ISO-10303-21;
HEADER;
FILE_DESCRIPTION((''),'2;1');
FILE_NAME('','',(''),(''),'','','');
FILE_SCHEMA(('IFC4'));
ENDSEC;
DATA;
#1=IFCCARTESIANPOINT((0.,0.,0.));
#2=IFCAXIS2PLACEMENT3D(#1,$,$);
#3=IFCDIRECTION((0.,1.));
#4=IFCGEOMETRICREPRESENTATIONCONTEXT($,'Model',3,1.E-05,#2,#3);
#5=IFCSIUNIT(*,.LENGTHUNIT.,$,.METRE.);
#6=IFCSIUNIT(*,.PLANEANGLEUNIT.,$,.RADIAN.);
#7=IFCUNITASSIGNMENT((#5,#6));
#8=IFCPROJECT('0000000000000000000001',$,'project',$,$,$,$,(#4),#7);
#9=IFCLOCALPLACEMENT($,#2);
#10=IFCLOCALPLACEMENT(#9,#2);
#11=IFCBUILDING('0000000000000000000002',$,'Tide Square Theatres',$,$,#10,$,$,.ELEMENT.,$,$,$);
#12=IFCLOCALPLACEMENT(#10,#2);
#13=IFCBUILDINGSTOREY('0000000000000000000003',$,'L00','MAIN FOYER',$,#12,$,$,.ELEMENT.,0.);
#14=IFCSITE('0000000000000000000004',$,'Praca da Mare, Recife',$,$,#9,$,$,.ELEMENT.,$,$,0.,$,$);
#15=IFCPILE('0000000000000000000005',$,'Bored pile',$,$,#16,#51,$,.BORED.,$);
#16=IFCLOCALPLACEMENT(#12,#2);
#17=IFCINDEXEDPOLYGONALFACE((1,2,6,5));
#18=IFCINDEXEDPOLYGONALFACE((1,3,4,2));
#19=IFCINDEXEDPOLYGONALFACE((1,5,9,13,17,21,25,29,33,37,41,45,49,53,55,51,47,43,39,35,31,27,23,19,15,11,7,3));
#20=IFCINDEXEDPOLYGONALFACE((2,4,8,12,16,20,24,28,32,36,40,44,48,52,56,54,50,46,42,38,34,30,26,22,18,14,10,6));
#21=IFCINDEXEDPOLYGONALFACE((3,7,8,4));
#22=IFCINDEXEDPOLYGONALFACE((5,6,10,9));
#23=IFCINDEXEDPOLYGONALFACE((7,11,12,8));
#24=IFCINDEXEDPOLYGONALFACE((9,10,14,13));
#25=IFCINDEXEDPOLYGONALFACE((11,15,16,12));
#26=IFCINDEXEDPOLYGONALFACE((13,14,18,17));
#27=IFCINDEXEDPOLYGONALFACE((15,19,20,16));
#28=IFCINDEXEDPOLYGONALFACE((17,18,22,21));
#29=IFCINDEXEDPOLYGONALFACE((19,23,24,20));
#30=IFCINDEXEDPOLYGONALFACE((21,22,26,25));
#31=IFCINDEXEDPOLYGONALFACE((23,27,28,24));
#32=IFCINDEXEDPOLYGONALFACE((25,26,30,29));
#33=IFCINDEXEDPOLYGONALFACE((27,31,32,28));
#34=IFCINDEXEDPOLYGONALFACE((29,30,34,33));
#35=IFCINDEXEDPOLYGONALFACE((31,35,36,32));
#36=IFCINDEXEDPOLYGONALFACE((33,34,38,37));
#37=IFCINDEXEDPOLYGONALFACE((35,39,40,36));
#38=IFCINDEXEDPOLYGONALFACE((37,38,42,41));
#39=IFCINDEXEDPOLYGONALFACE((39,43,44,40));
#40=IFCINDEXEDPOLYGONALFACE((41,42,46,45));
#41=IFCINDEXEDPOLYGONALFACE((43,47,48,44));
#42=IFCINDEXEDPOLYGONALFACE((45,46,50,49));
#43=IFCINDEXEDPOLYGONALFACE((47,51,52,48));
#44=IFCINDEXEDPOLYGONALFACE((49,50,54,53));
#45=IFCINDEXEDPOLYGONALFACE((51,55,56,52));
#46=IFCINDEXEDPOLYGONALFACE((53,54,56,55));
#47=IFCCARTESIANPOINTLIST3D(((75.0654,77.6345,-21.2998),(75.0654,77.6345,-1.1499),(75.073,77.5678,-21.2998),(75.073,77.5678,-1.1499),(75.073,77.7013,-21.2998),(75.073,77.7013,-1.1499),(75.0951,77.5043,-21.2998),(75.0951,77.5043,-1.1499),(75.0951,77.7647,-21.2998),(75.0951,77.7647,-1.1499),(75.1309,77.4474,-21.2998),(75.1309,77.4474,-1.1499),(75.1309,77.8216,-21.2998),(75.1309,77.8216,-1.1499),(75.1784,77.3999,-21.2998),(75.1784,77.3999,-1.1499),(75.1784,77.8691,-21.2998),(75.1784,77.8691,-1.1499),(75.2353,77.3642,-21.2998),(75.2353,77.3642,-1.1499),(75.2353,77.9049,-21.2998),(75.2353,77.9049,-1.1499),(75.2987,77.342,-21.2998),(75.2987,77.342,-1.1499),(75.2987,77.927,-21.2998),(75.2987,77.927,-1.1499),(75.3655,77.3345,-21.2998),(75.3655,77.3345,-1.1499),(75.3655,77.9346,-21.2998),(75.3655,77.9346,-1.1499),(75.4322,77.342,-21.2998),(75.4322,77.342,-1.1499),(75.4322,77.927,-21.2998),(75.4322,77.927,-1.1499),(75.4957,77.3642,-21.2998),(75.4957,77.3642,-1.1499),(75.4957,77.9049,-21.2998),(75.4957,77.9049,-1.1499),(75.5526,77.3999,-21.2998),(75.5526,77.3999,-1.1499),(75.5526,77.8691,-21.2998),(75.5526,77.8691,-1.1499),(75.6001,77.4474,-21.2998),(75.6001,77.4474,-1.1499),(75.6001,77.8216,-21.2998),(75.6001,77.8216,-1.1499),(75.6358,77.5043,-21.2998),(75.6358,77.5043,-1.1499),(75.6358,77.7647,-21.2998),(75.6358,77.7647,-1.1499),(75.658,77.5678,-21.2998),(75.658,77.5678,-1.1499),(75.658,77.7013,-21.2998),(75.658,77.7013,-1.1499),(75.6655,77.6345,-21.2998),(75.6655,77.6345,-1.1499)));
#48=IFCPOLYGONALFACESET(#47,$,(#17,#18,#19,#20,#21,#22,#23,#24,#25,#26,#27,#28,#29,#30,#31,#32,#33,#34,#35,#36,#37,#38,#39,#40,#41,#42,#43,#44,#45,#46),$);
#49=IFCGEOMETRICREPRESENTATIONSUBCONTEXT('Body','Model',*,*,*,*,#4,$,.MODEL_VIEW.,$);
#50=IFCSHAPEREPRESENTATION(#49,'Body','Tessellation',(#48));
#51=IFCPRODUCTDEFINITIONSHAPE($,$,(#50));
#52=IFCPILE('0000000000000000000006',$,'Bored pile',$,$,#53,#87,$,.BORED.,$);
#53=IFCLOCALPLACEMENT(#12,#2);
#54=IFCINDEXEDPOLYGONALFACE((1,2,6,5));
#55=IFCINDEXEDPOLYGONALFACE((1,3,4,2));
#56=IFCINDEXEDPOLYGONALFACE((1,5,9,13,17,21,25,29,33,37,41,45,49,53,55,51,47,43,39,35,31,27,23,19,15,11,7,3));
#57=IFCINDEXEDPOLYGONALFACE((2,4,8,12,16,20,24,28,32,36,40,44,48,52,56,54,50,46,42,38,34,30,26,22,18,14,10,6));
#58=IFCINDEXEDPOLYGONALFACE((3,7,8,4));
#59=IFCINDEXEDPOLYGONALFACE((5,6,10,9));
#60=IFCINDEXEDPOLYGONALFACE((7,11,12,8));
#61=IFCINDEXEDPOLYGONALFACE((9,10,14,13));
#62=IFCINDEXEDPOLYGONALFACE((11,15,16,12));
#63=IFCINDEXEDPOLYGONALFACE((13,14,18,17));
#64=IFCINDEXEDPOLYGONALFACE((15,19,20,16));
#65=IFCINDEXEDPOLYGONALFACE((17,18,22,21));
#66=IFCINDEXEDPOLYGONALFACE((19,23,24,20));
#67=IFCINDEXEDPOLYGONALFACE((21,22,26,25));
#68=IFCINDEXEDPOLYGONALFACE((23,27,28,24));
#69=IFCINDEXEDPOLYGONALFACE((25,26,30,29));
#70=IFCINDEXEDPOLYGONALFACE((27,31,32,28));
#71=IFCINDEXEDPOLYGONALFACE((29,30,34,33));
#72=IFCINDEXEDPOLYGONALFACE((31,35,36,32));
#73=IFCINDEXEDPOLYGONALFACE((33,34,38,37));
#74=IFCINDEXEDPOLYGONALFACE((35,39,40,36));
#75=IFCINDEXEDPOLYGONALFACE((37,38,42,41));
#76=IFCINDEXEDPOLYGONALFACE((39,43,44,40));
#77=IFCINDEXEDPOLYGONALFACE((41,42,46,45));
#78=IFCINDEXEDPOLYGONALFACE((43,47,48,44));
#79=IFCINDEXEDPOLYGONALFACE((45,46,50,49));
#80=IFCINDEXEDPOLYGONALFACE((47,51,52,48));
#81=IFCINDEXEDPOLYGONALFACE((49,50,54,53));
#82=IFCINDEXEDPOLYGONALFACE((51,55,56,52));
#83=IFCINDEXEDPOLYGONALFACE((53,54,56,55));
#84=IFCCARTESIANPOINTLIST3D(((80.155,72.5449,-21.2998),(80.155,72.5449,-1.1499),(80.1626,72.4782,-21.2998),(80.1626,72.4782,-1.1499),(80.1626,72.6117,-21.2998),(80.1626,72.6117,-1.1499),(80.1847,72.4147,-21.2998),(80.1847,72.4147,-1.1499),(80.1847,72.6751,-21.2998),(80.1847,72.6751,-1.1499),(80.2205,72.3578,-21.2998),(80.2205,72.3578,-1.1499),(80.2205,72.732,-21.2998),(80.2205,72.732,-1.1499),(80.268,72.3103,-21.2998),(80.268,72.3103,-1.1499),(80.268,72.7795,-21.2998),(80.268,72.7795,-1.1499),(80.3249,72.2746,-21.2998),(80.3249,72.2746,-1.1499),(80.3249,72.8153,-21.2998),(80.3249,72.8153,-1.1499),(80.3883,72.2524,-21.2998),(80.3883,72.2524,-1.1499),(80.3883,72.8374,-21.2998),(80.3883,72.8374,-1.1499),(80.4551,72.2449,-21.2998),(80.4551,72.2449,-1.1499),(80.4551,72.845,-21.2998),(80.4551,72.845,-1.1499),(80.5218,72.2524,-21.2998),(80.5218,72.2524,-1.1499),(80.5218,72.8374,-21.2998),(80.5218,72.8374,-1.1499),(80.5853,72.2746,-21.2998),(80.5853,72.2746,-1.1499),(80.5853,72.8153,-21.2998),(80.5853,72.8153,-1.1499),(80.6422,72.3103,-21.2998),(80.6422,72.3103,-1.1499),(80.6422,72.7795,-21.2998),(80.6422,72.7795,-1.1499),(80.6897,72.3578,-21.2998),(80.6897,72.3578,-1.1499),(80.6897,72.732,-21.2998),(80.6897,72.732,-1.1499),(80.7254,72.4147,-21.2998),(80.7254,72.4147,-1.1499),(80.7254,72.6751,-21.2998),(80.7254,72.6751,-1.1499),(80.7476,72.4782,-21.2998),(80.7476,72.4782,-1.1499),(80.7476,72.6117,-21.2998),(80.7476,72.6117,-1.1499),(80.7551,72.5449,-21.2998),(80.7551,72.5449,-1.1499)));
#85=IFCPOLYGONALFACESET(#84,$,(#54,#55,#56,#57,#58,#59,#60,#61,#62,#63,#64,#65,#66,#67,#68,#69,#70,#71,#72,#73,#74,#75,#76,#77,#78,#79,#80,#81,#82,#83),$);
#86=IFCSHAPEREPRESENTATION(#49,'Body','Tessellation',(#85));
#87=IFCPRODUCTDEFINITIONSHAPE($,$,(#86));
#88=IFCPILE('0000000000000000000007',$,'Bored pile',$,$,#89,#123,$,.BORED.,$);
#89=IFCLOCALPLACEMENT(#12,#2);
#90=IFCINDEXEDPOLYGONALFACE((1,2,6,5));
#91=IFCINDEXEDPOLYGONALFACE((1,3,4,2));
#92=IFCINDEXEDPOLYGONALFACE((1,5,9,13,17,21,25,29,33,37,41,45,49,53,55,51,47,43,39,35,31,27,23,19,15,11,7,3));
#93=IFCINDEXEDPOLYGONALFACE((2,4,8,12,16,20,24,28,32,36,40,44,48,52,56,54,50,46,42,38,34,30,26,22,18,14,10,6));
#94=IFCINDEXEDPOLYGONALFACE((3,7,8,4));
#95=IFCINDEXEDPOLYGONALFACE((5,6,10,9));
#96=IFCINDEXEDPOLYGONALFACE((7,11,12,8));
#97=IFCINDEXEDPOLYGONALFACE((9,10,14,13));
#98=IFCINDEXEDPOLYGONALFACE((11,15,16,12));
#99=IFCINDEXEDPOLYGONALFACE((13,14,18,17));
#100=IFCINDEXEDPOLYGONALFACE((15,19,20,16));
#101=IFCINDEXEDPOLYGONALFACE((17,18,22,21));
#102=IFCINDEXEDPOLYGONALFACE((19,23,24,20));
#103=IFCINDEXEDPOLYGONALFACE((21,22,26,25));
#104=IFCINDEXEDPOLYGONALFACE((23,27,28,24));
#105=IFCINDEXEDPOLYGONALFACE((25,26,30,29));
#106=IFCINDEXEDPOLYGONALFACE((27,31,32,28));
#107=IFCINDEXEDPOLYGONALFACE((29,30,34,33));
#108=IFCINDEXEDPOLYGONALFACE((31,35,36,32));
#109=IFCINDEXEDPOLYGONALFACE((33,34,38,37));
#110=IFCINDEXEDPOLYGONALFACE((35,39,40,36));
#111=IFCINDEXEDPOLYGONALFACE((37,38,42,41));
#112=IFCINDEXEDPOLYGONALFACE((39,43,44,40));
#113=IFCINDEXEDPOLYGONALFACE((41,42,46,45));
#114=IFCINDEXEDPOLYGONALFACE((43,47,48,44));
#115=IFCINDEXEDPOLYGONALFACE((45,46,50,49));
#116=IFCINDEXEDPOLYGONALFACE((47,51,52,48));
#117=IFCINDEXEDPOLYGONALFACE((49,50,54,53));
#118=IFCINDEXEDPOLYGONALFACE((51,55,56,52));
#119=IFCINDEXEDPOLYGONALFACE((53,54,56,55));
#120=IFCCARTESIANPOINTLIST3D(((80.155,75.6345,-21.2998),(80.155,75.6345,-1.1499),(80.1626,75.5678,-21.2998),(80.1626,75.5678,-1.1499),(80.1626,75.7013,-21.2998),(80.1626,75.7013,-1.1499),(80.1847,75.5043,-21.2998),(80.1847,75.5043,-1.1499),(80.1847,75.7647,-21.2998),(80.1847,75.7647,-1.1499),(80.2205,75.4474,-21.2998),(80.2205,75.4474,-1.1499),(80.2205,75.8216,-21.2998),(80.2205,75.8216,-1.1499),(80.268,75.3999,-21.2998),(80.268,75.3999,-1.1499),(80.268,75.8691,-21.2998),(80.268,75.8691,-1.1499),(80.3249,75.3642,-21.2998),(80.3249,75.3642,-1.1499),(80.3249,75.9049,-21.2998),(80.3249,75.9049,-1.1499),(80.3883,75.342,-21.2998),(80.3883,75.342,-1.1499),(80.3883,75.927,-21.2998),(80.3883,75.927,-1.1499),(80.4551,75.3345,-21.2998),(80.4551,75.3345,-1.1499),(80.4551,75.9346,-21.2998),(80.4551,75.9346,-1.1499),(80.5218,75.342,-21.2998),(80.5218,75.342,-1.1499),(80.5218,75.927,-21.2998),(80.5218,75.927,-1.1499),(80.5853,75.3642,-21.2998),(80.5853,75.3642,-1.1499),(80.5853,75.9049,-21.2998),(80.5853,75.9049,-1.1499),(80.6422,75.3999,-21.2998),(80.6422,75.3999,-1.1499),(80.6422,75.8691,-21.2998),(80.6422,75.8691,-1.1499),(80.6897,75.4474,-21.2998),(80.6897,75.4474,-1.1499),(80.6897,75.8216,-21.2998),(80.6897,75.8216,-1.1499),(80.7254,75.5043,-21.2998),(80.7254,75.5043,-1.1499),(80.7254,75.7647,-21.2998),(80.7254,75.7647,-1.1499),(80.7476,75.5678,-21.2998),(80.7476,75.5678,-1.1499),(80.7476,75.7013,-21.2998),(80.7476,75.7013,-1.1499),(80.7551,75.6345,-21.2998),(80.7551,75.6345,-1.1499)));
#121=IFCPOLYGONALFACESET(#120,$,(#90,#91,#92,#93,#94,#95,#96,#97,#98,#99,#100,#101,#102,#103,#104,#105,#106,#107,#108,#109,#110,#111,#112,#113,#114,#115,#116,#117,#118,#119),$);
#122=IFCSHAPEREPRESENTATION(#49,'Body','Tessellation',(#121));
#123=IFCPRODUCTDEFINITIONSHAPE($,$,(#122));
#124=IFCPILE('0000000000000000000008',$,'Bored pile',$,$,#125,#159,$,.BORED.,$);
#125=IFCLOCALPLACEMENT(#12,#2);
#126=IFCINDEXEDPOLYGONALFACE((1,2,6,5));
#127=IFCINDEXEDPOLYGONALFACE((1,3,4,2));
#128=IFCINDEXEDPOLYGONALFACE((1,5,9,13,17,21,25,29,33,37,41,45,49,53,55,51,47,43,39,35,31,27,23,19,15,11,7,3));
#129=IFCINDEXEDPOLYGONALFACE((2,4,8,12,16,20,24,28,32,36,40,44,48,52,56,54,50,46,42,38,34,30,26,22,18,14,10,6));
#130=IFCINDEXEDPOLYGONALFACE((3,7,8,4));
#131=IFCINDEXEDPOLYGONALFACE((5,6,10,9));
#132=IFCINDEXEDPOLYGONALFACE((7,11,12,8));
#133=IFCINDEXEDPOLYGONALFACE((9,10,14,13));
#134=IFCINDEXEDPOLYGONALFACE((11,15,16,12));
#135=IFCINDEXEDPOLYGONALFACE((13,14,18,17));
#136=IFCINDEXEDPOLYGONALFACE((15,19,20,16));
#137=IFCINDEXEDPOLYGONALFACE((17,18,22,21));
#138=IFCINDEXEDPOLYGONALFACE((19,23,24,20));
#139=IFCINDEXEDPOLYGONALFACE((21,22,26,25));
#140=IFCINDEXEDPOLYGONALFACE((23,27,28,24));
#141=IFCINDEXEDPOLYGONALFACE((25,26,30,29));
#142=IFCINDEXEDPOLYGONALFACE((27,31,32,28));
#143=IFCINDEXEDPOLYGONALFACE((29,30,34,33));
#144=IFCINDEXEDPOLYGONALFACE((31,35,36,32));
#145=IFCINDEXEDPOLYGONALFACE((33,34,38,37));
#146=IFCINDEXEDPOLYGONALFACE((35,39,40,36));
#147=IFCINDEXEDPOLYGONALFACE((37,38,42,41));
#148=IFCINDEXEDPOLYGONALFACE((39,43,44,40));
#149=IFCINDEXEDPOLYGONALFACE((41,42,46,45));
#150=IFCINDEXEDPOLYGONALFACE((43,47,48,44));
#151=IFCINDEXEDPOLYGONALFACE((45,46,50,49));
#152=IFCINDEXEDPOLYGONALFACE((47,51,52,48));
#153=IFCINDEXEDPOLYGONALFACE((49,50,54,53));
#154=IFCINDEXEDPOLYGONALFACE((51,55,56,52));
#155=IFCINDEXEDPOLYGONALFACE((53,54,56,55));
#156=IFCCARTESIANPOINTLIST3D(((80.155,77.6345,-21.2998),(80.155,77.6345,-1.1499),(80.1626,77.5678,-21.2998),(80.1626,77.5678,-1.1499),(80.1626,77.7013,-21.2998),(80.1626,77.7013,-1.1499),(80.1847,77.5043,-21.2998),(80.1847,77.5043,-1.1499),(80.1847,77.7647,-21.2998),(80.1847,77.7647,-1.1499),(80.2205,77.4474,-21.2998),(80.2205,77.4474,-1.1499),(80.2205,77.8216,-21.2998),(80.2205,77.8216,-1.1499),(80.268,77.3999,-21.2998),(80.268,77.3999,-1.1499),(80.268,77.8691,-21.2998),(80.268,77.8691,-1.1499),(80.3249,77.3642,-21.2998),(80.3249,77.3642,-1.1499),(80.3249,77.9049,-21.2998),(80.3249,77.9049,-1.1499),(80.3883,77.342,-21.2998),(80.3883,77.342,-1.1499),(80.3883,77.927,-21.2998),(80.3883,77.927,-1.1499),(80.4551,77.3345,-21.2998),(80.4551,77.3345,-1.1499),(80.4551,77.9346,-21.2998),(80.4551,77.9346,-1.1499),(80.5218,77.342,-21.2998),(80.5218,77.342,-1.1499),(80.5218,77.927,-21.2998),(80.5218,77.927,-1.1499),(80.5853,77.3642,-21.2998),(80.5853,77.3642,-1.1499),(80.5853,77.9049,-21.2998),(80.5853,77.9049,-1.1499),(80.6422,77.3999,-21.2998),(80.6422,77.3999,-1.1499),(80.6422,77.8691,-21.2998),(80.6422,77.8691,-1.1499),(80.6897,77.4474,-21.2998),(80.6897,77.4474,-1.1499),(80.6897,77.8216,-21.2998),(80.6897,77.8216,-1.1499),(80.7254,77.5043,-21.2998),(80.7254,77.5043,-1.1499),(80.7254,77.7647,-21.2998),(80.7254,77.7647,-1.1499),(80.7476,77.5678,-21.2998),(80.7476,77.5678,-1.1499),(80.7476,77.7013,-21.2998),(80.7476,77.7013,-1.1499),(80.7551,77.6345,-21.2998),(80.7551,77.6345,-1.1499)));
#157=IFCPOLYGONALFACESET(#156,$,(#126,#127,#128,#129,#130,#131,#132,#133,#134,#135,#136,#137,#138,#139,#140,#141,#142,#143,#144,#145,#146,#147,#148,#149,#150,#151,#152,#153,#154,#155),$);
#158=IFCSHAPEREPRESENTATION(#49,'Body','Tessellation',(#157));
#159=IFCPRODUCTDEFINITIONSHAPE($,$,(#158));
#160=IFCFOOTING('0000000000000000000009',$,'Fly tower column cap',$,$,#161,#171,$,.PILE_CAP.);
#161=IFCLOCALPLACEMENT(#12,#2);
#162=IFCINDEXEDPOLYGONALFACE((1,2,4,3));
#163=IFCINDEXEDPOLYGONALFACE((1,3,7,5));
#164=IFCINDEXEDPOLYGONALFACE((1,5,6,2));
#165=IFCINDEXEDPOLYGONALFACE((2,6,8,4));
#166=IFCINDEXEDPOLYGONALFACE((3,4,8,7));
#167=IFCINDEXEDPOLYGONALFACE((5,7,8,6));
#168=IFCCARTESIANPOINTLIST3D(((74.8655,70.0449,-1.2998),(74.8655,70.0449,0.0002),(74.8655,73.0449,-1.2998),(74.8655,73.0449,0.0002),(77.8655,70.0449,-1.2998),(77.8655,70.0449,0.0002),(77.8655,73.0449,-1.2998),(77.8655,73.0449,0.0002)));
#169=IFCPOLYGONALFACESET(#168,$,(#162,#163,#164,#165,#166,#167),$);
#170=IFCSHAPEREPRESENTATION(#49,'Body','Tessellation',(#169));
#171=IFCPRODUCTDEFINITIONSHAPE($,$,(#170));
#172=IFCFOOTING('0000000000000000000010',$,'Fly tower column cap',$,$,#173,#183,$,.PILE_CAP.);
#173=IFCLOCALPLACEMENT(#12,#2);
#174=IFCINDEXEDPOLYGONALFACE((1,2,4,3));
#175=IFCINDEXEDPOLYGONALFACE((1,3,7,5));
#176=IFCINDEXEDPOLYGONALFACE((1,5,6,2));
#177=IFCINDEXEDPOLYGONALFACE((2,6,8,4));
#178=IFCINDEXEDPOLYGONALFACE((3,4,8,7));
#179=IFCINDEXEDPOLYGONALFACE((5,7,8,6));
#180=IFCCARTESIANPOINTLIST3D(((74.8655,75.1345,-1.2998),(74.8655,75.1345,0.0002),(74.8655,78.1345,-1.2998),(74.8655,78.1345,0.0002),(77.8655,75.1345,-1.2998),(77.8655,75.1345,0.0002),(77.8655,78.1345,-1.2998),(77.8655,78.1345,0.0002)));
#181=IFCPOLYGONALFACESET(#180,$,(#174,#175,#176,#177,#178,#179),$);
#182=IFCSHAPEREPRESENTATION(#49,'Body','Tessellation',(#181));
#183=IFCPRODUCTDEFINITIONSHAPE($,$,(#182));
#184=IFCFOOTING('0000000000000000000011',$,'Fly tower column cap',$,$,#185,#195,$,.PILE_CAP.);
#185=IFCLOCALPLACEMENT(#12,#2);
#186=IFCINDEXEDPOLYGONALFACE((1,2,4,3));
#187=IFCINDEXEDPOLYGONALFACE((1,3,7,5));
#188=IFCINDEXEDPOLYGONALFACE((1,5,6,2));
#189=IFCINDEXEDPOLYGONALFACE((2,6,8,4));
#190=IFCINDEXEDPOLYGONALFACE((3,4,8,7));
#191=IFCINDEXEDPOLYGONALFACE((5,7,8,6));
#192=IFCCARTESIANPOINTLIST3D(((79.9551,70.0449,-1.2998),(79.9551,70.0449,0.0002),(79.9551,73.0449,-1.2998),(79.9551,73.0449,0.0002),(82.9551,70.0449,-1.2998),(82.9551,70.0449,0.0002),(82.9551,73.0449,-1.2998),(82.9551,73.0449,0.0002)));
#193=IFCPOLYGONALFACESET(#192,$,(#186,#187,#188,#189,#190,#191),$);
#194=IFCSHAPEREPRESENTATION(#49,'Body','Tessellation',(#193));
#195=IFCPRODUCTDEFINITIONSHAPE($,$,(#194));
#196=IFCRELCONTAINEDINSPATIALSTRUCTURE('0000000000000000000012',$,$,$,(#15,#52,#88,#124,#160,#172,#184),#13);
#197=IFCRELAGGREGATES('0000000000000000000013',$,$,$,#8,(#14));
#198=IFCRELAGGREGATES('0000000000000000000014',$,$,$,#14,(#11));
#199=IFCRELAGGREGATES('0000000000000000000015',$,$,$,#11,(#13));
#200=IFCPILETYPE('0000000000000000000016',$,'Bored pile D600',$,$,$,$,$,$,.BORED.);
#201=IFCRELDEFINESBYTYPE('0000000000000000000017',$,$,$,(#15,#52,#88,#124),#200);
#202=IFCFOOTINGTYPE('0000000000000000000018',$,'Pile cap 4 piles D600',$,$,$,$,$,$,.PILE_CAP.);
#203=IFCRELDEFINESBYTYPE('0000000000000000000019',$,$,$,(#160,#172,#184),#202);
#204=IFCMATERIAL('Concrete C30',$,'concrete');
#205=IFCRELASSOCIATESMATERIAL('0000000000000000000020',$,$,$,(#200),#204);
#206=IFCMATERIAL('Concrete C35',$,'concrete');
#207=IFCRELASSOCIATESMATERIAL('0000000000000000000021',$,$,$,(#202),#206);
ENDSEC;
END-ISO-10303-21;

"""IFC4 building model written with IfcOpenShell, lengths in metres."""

from ifc_helpers import new_model, si_unit, direction, frame, origin, origin_2d, place, context, subcontext, project, spatial, rectangle, circle, extrude, material, material_profile, profile_set, type_object, element, save


model = new_model("IFC4")

# Units and contexts
model_context = context("Model", 3, precision=1e-05, world=origin(), true_north=direction((0.0, 1.0)))
body_context = subcontext(model_context, "Body", "Model", "MODEL_VIEW")
ifc_project = project(units=[si_unit("LENGTHUNIT", "METRE"), si_unit("PLANEANGLEUNIT", "RADIAN")], contexts=[model_context])

# Site, building, storey
site_placement = place(None, origin())
site = spatial("IfcSite", under=ifc_project, at=site_placement, Name="Praca da Mare, Recife", CompositionType="ELEMENT", RefElevation=0.0)
building_placement = place(site_placement, origin())
building = spatial("IfcBuilding", under=site, at=building_placement, Name="Tide Square Theatres", CompositionType="ELEMENT")
storey_placement = place(building_placement, origin())
storey = spatial("IfcBuildingStorey", under=building, at=storey_placement, Name="L00", Description="MAIN FOYER", CompositionType="ELEMENT", Elevation=0.0)

# Piles
ifc_material_1 = material(Name="Concrete C30", Category="concrete")
ifc_material_profile_1 = material_profile(ifc_material_1, circle(Radius=0.3, at=origin_2d()))
ifc_profile_set_1 = profile_set([ifc_material_profile_1], Name="Concrete C30")
pile_type = type_object("IfcPileType", Name="Bored pile D600", PredefinedType="BORED", material=ifc_profile_set_1)
for number, where, z_axis, x_axis, name in (
    (1, (75.3655, 77.6345, -1.1499), (0.0, 0.0, -1.0), (1.0, 0.0, 0.0), "Bored pile"),
    (2, (80.4551, 72.5449, -1.1499), (0.0, 0.0, -1.0), (1.0, 0.0, 0.0), "Bored pile"),
    (3, (80.4551, 75.6345, -1.1499), (0.0, 0.0, -1.0), (1.0, 0.0, 0.0), "Bored pile"),
    (4, (80.4551, 77.6345, -1.1499), (0.0, 0.0, -1.0), (1.0, 0.0, 0.0), "Bored pile"),
):
    element("IfcPile", number, at=place(storey_placement, frame(where, z_axis=z_axis, x_axis=x_axis)), inside=storey, type_object=pile_type, Name=name, PredefinedType="BORED", context=body_context, shape_type="SweptSolid", body=[
        extrude(circle(Radius=0.3, at=origin_2d()), origin(), (0.0, 0.0, 1.0), 20.1499),
    ])

# Footings
ifc_material_2 = material(Name="Concrete C35", Category="concrete")
footing_type = type_object("IfcFootingType", Name="Pile cap 4 piles D600", PredefinedType="PILE_CAP", material=ifc_material_2)
for number, where, z_axis, x_axis, name in (
    (5, (76.3655, 71.5449, -1.2998), (0.0, 0.0, 1.0), (1.0, 0.0, 0.0), "Fly tower column cap"),
    (6, (76.3655, 76.6345, -1.2998), (0.0, 0.0, 1.0), (1.0, 0.0, 0.0), "Fly tower column cap"),
    (7, (81.4551, 71.5449, -1.2998), (0.0, 0.0, 1.0), (1.0, 0.0, 0.0), "Fly tower column cap"),
):
    element("IfcFooting", number, at=place(storey_placement, frame(where, z_axis=z_axis, x_axis=x_axis)), inside=storey, type_object=footing_type, Name=name, PredefinedType="PILE_CAP", context=body_context, shape_type="SweptSolid", body=[
        extrude(rectangle(XDim=3.0, YDim=3.0, at=origin_2d()), origin(), (0.0, 0.0, 1.0), 1.3),
    ])

save(model, "model.ifc")
